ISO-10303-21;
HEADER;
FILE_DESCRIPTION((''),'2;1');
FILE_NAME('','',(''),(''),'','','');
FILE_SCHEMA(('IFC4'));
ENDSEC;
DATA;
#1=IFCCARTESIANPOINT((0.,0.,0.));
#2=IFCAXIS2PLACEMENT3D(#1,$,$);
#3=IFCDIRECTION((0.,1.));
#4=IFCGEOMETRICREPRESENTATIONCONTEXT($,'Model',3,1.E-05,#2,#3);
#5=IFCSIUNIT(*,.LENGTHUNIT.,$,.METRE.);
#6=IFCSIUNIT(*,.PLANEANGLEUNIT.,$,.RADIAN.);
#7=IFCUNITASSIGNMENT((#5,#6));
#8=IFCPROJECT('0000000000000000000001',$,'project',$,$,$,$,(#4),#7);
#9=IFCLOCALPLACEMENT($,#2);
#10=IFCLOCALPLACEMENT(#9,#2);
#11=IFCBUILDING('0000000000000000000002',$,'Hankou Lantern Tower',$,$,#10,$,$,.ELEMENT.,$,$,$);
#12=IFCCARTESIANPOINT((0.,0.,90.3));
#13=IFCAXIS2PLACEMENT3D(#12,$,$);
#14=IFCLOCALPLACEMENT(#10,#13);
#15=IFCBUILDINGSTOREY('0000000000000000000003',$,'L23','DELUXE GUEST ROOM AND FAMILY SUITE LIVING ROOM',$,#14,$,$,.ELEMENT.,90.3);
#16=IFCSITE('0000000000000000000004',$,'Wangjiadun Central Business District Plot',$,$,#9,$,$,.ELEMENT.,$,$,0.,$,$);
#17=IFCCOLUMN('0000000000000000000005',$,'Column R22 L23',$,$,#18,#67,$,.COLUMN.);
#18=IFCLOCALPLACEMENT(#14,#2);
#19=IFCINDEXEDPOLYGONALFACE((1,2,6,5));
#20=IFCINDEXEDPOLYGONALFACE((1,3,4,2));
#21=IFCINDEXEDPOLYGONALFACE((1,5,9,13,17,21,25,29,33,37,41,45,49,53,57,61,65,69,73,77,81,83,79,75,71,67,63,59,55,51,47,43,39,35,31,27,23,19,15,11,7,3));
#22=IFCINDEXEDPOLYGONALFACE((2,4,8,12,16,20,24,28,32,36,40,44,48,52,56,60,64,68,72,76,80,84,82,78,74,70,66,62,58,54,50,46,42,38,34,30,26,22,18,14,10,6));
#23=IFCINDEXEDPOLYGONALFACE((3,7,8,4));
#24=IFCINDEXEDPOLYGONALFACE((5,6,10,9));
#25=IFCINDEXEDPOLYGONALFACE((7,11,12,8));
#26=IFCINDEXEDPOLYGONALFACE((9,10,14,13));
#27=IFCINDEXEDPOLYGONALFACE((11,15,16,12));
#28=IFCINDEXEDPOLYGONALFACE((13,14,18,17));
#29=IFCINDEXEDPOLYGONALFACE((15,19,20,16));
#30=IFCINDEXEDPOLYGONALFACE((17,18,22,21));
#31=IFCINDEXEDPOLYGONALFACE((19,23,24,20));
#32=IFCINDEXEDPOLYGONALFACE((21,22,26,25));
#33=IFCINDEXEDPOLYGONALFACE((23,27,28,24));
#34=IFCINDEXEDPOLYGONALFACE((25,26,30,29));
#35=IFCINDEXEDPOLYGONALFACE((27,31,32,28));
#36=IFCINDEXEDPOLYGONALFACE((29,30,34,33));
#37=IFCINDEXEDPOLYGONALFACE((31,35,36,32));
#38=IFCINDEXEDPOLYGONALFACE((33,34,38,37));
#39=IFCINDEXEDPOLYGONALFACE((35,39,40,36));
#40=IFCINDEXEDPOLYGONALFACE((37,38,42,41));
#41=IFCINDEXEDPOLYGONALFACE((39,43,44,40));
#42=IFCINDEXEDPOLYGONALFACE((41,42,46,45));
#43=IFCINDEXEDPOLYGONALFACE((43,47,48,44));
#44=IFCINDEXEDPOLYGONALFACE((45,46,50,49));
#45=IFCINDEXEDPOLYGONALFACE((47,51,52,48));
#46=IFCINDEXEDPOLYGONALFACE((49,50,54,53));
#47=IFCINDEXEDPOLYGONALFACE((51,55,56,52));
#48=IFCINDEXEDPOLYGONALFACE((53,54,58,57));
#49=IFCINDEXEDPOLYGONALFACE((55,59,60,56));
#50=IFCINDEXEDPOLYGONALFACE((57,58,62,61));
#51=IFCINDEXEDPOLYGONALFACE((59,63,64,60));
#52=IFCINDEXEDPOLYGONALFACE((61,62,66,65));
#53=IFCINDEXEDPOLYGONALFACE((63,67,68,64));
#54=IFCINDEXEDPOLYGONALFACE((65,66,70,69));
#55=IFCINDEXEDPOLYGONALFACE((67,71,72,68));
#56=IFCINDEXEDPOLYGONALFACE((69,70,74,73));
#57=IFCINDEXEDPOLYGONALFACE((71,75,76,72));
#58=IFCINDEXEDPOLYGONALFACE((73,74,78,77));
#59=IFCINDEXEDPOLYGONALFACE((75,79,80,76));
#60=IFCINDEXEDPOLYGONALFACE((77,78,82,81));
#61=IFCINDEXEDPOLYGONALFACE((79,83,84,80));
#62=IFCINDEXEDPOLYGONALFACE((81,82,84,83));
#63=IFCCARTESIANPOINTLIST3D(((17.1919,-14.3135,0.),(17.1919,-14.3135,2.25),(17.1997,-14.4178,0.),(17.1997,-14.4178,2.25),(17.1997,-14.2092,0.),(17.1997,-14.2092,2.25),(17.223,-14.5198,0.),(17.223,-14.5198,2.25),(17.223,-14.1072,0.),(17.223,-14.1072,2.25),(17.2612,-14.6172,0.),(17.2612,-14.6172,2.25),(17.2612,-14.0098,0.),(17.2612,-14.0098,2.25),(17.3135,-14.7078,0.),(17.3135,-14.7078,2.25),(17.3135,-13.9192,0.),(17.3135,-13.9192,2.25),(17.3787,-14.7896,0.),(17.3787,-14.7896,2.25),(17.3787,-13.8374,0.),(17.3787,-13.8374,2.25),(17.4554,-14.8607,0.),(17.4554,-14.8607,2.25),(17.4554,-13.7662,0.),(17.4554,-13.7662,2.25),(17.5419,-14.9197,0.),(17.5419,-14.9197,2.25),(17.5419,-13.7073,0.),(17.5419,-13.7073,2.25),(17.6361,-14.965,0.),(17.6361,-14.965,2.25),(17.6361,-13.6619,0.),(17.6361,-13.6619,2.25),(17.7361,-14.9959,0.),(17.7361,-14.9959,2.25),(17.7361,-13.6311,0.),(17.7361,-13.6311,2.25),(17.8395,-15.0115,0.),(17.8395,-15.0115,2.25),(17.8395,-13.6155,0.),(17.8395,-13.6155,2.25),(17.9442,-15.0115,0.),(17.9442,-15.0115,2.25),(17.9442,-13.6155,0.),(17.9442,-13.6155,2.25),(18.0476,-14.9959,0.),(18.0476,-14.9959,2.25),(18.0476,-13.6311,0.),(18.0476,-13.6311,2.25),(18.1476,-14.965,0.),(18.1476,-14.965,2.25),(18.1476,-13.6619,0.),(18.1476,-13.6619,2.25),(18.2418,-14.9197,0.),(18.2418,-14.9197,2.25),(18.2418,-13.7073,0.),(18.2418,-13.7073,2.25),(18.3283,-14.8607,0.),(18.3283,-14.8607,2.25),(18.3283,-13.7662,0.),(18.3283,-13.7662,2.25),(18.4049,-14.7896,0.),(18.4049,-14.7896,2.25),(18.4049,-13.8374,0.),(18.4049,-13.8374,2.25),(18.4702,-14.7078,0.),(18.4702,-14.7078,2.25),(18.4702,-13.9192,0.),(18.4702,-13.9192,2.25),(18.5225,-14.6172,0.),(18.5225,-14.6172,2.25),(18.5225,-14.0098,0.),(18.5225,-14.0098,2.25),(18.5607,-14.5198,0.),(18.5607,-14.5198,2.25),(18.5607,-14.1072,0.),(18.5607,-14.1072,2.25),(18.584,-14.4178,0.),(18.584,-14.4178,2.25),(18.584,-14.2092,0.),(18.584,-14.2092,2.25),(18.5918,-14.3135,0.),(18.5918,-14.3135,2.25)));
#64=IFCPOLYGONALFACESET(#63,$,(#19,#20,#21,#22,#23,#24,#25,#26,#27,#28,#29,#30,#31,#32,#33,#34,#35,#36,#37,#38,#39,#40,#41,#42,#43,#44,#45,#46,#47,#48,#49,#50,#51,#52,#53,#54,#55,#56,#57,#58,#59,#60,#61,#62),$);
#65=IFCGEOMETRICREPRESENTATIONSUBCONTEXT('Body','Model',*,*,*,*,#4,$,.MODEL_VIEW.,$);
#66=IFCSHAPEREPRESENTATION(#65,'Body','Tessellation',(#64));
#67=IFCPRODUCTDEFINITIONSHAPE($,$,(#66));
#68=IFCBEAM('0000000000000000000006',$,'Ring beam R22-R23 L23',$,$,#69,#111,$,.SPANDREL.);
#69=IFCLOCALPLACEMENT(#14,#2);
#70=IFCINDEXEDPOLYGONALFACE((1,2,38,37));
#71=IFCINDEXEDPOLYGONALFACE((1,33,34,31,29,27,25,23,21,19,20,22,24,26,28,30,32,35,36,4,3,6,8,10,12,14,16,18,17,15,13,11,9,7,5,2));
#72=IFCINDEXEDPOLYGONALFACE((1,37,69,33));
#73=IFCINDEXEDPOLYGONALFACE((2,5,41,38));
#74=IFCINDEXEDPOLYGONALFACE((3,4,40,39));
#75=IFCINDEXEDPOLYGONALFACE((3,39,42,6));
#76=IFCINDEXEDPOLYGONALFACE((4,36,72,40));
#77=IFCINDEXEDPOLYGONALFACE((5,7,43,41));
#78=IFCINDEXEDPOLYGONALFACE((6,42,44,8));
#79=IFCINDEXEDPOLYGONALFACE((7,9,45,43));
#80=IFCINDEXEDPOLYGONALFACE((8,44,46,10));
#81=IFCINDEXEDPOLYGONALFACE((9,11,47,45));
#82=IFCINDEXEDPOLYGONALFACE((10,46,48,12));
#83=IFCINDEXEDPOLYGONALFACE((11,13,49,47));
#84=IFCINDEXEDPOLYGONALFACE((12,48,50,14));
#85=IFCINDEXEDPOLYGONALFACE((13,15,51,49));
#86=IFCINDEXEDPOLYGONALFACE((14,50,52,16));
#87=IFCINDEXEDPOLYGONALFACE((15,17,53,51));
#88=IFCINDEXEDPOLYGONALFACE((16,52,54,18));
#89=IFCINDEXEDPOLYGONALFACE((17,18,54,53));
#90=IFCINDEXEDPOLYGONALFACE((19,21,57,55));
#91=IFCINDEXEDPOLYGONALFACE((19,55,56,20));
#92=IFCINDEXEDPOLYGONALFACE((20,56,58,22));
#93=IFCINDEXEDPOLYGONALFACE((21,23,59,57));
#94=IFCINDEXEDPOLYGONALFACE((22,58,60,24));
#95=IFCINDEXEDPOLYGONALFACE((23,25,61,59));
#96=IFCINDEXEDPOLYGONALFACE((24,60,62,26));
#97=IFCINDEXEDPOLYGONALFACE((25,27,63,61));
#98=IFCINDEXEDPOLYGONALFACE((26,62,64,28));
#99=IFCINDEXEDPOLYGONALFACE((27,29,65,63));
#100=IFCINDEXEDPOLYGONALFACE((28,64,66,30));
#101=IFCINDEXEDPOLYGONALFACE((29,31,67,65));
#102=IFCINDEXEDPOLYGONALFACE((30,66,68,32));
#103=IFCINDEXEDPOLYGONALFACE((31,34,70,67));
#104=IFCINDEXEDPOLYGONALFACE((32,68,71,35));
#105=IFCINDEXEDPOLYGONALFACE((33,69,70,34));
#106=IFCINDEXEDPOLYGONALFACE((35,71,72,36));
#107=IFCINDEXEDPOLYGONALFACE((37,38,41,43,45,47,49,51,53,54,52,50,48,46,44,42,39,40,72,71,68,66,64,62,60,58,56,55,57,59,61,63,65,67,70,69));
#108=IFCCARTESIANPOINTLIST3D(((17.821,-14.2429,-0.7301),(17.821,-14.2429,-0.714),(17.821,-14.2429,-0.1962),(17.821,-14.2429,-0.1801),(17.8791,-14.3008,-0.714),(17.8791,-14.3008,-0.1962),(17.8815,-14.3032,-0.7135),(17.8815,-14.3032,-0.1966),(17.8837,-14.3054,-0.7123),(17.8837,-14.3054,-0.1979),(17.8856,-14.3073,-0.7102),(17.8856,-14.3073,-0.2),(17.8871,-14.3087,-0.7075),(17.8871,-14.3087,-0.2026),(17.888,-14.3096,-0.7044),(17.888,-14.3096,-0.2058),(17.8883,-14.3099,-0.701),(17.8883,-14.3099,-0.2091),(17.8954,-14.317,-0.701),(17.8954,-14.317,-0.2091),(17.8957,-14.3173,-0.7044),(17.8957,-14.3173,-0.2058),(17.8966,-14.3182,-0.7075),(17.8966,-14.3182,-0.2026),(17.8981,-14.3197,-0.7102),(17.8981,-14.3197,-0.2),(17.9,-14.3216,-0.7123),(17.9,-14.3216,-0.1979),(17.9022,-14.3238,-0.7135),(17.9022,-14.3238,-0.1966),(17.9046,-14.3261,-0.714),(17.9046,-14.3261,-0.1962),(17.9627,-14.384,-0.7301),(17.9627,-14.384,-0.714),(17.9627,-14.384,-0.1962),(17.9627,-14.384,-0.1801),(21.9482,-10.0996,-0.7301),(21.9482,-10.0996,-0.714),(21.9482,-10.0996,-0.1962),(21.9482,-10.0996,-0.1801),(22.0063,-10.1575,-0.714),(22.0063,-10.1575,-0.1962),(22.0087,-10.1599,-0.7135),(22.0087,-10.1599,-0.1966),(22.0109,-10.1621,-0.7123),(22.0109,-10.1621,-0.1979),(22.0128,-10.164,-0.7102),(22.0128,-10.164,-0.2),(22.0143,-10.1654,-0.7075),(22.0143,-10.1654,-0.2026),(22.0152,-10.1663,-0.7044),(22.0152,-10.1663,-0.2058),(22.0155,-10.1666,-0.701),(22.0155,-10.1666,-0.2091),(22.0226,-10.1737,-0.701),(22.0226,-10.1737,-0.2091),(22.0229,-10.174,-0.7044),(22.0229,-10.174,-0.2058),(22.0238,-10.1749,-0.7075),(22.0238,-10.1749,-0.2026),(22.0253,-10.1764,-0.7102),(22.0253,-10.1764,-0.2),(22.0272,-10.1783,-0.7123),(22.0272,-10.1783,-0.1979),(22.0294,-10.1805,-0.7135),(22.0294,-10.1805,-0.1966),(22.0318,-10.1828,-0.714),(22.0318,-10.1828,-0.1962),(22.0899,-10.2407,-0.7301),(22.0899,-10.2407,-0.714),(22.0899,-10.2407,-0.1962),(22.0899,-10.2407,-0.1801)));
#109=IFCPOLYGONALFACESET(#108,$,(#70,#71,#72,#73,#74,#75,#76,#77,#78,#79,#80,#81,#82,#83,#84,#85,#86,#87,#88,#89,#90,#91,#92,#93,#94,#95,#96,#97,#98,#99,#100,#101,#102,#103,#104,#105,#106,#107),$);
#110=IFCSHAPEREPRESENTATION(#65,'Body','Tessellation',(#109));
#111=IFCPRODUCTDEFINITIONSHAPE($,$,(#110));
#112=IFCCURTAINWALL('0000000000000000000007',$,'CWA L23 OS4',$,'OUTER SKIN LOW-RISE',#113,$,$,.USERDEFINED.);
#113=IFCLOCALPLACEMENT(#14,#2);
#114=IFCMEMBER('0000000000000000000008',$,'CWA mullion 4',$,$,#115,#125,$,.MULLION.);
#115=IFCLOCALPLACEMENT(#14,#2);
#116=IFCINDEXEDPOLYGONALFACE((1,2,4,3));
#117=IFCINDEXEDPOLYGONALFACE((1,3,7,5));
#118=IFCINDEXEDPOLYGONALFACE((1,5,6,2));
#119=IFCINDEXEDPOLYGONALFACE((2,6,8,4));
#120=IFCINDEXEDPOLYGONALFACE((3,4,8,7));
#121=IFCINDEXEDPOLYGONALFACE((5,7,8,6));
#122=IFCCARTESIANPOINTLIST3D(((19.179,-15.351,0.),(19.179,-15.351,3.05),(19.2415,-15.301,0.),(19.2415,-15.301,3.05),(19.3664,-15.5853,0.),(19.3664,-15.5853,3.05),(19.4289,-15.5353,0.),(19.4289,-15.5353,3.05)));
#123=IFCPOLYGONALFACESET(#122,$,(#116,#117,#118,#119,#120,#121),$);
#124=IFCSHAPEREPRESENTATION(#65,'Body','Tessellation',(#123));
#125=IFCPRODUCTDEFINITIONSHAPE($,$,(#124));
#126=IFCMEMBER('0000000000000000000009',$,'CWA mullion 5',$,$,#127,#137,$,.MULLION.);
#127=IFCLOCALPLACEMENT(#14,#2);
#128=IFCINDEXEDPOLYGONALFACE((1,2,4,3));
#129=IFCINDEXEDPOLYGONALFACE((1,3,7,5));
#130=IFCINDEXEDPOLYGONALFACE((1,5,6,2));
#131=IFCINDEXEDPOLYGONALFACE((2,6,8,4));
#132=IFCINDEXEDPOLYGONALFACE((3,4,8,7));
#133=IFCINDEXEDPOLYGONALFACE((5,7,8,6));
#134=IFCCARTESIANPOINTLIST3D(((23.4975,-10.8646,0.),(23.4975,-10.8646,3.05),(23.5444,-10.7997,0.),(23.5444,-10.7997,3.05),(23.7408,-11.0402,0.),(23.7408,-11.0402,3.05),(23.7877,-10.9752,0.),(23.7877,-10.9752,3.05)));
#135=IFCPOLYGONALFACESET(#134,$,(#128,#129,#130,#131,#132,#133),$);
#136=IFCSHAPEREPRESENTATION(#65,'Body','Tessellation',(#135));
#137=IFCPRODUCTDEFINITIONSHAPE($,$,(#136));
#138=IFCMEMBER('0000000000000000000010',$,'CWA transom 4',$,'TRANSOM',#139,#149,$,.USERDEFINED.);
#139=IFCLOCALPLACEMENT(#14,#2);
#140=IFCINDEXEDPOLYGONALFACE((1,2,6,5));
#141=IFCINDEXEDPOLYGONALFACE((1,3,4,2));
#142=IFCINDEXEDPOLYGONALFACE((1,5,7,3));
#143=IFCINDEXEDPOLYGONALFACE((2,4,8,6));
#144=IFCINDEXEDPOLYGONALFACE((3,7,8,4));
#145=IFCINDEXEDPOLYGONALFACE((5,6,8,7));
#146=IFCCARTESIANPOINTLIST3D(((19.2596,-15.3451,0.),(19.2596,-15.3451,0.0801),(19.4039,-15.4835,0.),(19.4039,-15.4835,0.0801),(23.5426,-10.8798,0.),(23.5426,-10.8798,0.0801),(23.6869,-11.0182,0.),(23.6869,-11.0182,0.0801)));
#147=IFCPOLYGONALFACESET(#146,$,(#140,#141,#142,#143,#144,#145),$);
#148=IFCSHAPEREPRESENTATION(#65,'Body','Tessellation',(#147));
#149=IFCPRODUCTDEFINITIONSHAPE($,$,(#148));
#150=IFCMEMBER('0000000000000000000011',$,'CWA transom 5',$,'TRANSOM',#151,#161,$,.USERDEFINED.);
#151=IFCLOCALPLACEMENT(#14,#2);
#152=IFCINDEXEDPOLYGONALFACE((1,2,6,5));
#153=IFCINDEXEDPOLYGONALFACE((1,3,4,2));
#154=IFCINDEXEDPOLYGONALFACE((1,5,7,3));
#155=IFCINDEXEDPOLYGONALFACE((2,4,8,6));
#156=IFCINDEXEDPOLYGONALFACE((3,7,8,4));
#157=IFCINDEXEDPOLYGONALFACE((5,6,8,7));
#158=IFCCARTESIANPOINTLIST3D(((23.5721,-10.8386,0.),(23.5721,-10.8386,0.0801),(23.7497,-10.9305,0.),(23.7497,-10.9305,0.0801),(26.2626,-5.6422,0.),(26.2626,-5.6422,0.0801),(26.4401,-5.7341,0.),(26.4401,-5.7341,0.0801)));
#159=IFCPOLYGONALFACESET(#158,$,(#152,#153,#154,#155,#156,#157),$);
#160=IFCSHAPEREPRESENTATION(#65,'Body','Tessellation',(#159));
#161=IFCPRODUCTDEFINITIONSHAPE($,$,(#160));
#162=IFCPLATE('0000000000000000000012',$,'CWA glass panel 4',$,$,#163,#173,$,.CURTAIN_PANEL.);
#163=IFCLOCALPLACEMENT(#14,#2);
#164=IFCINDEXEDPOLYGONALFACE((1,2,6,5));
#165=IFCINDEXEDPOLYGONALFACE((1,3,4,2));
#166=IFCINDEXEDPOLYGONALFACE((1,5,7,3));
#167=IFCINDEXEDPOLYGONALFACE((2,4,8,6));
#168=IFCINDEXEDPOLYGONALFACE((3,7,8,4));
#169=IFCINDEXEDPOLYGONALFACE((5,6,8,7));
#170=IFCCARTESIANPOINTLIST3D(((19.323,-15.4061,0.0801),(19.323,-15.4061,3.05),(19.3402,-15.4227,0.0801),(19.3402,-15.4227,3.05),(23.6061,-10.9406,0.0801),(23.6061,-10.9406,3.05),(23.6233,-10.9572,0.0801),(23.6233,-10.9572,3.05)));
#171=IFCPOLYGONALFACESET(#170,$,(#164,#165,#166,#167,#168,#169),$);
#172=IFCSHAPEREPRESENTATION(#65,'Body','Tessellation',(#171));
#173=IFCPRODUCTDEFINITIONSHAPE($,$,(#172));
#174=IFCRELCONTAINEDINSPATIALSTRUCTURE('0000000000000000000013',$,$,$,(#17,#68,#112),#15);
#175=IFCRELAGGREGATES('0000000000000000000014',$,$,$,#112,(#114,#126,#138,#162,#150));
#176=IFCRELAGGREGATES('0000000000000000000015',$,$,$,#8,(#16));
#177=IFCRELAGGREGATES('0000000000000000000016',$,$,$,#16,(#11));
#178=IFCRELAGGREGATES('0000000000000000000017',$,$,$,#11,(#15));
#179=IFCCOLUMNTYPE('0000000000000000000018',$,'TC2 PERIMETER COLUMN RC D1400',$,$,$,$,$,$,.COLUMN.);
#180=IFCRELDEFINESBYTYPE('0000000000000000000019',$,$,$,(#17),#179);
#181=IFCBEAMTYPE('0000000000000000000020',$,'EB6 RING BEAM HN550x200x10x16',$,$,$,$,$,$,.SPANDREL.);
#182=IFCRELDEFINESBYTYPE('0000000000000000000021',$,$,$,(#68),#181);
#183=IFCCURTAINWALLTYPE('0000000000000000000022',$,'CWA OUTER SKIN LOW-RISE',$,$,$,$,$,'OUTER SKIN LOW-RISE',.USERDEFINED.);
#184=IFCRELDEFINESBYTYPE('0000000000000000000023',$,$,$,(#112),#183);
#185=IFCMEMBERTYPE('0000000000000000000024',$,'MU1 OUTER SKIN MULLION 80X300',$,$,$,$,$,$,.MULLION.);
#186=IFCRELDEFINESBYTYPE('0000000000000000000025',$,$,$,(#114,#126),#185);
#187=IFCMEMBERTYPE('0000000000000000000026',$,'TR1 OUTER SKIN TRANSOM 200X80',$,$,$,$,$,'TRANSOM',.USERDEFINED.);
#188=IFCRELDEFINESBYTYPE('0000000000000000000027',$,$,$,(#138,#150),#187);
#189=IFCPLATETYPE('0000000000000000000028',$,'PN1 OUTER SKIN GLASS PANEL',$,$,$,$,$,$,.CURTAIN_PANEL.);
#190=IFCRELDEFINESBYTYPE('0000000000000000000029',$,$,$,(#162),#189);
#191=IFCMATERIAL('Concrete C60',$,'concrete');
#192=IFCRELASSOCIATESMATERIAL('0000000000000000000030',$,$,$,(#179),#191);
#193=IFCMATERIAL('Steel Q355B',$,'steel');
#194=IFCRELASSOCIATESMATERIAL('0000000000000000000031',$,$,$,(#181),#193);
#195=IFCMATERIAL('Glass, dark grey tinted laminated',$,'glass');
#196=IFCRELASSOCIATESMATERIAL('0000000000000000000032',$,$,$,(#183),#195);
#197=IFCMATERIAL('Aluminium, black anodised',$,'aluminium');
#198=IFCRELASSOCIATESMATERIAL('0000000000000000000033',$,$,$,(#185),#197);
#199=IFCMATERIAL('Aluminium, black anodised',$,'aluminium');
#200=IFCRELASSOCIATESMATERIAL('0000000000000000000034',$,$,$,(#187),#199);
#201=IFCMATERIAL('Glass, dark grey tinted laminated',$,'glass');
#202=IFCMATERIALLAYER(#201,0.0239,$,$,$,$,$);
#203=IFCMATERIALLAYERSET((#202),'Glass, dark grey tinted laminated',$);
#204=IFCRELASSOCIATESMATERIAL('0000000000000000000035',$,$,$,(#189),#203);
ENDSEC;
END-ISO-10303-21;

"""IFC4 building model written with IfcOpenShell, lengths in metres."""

from ifc_helpers import new_model, si_unit, direction, frame, origin, origin_2d, place, context, subcontext, project, spatial, rectangle, circle, i_section, extrude, clip, halfspace, material, layer, layer_set, material_profile, profile_set, type_object, element, aggregate, save


model = new_model("IFC4")

# Units and contexts
model_context = context("Model", 3, precision=1e-05, world=origin(), true_north=direction((0.0, 1.0)))
body_context = subcontext(model_context, "Body", "Model", "MODEL_VIEW")
ifc_project = project(units=[si_unit("LENGTHUNIT", "METRE"), si_unit("PLANEANGLEUNIT", "RADIAN")], contexts=[model_context])

# Site, building, storey
site_placement = place(None, origin())
site = spatial("IfcSite", under=ifc_project, at=site_placement, Name="Wangjiadun Central Business District Plot", CompositionType="ELEMENT", RefElevation=0.0)
building_placement = place(site_placement, origin())
building = spatial("IfcBuilding", under=site, at=building_placement, Name="Hankou Lantern Tower", CompositionType="ELEMENT")
storey_placement = place(building_placement, frame((0.0, 0.0, 90.3)))
storey = spatial("IfcBuildingStorey", under=building, at=storey_placement, Name="L23", Description="DELUXE GUEST ROOM AND FAMILY SUITE LIVING ROOM", CompositionType="ELEMENT", Elevation=90.3)

# Column
ifc_material_1 = material(Name="Concrete C60", Category="concrete")
ifc_material_profile_1 = material_profile(ifc_material_1, circle(Radius=0.7, at=origin_2d()), Name="RC D1400")
ifc_profile_set_1 = profile_set([ifc_material_profile_1], Name="Concrete C60")
column_type = type_object("IfcColumnType", Name="TC2 PERIMETER COLUMN RC D1400", PredefinedType="COLUMN", material=ifc_profile_set_1)
column_placement = place(storey_placement, frame((17.8918, -14.3135, 0.0), z_axis=(0.0, 0.0, 1.0), x_axis=(1.0, 0.0, 0.0)))
element("IfcColumn", 1, at=column_placement, inside=storey, type_object=column_type, Name="Column R22 L23", PredefinedType="COLUMN", context=body_context, shape_type="Clipping", body=[
    clip(extrude(circle(Radius=0.7, at=origin_2d()), origin(), (0.0, 0.0, 1.0), 3.3), halfspace(frame((0.0, 0.0, 2.25), z_axis=(0.0, 0.0, 1.0), x_axis=(1.0, 0.0, 0.0)), False)),
])

# Beam
ifc_material_2 = material(Name="Steel Q355B", Category="steel")
ifc_material_profile_2 = material_profile(ifc_material_2, i_section(OverallWidth=0.2, OverallDepth=0.55, WebThickness=0.01, FlangeThickness=0.0161, FilletRadius=0.0129, at=origin_2d()), Name="HN550x200x10x16")
ifc_profile_set_2 = profile_set([ifc_material_profile_2], Name="Steel Q355B")
beam_type = type_object("IfcBeamType", Name="EB6 RING BEAM HN550x200x10x16", PredefinedType="SPANDREL", material=ifc_profile_set_2)
beam_placement = place(storey_placement, frame((17.8918, -14.3135, -0.4551), z_axis=(0.705728, 0.708483, 0.0), x_axis=(-0.708483, 0.705728, 0.0)))
element("IfcBeam", 2, at=beam_placement, inside=storey, type_object=beam_type, Name="Ring beam R22-R23 L23", PredefinedType="SPANDREL", context=body_context, shape_type="SweptSolid", body=[
    extrude(i_section(OverallWidth=0.2, OverallDepth=0.55, WebThickness=0.01, FlangeThickness=0.0161, FilletRadius=0.0129, at=origin_2d()), origin(), (0.0, 0.0, 1.0), 5.8481),
])

# Curtain wall, members, plate
ifc_material_3 = material(Name="Glass, dark grey tinted laminated", Category="glass")
curtain_wall_type = type_object("IfcCurtainWallType", Name="CWA OUTER SKIN LOW-RISE", ElementType="OUTER SKIN LOW-RISE", PredefinedType="USERDEFINED", material=ifc_material_3)
curtain_wall_placement = place(storey_placement, origin())
curtain_wall = element("IfcCurtainWall", 3, at=curtain_wall_placement, inside=storey, type_object=curtain_wall_type, Name="CWA L23 OS4", ObjectType="OUTER SKIN LOW-RISE", PredefinedType="USERDEFINED")
ifc_material_4 = material(Name="Aluminium, black anodised", Category="aluminium")
ifc_material_profile_3 = material_profile(ifc_material_4, rectangle(XDim=0.0801, YDim=0.3, at=origin_2d()), Name="MU1 80X300")
ifc_profile_set_3 = profile_set([ifc_material_profile_3], Name="Aluminium, black anodised")
member_type_1 = type_object("IfcMemberType", Name="MU1 OUTER SKIN MULLION 80X300", PredefinedType="MULLION", material=ifc_profile_set_3)
member_1_placement = place(storey_placement, frame((19.304, -15.4431, 0.0), z_axis=(0.0, 0.0, 1.0), x_axis=(0.780869, 0.624695, 0.0)))
member_1 = element("IfcMember", 4, at=member_1_placement, type_object=member_type_1, Name="CWA mullion 4", PredefinedType="MULLION", context=body_context, shape_type="SweptSolid", body=[
    extrude(rectangle(XDim=0.0801, YDim=0.3, at=origin_2d()), origin(), (0.0, 0.0, 1.0), 3.05),
])
member_2_placement = place(storey_placement, frame((23.6426, -10.9199, 0.0), z_axis=(0.0, 0.0, 1.0), x_axis=(0.585206, 0.810885, 0.0)))
member_2 = element("IfcMember", 5, at=member_2_placement, type_object=member_type_1, Name="CWA mullion 5", PredefinedType="MULLION", context=body_context, shape_type="SweptSolid", body=[
    extrude(rectangle(XDim=0.0801, YDim=0.3, at=origin_2d()), origin(), (0.0, 0.0, 1.0), 3.05),
])
ifc_material_5 = material(Name="Aluminium, black anodised", Category="aluminium")
ifc_material_profile_4 = material_profile(ifc_material_5, rectangle(XDim=0.2, YDim=0.0801, at=origin_2d()), Name="TR1 200X80")
ifc_profile_set_4 = profile_set([ifc_material_profile_4], Name="Aluminium, black anodised")
member_type_2 = type_object("IfcMemberType", Name="TR1 OUTER SKIN TRANSOM 200X80", ElementType="TRANSOM", PredefinedType="USERDEFINED", material=ifc_profile_set_4)
member_3_placement = place(storey_placement, frame((19.3318, -15.4143, 0.04), z_axis=(0.692216, 0.721691, 0.0), x_axis=(-0.721691, 0.692216, 0.0)))
member_3 = element("IfcMember", 6, at=member_3_placement, type_object=member_type_2, Name="CWA transom 4", ObjectType="TRANSOM", PredefinedType="USERDEFINED", context=body_context, shape_type="SweptSolid", body=[
    extrude(rectangle(XDim=0.2, YDim=0.0801, at=origin_2d()), origin(), (0.0, 0.0, 1.0), 6.1873),
])
member_4_placement = place(storey_placement, frame((23.6609, -10.8845, 0.04), z_axis=(0.459786, 0.88803, 0.0), x_axis=(-0.88803, 0.459786, 0.0)))
member_4 = element("IfcMember", 7, at=member_4_placement, type_object=member_type_2, Name="CWA transom 5", ObjectType="TRANSOM", PredefinedType="USERDEFINED", context=body_context, shape_type="SweptSolid", body=[
    extrude(rectangle(XDim=0.2, YDim=0.0801, at=origin_2d()), origin(), (0.0, 0.0, 1.0), 5.8516),
])
ifc_material_6 = material(Name="Glass, dark grey tinted laminated", Category="glass")
ifc_layer_1 = layer(ifc_material_6, 0.0239)
ifc_layer_set_1 = layer_set([ifc_layer_1], Name="Glass, dark grey tinted laminated")
plate_type = type_object("IfcPlateType", Name="PN1 OUTER SKIN GLASS PANEL", PredefinedType="CURTAIN_PANEL", material=ifc_layer_set_1)
plate_placement = place(storey_placement, frame((21.4731, -13.1816, 0.0801), z_axis=(0.0, 0.0, 1.0), x_axis=(0.692216, 0.721691, 0.0)))
plate = element("IfcPlate", 8, at=plate_placement, type_object=plate_type, Name="CWA glass panel 4", PredefinedType="CURTAIN_PANEL", context=body_context, shape_type="SweptSolid", body=[
    extrude(rectangle(XDim=6.1875, YDim=0.0239, at=origin_2d()), origin(), (0.0, 0.0, 1.0), 2.97),
])
aggregate(curtain_wall, [member_1, member_2, member_3, plate, member_4])

save(model, "model.ifc")
